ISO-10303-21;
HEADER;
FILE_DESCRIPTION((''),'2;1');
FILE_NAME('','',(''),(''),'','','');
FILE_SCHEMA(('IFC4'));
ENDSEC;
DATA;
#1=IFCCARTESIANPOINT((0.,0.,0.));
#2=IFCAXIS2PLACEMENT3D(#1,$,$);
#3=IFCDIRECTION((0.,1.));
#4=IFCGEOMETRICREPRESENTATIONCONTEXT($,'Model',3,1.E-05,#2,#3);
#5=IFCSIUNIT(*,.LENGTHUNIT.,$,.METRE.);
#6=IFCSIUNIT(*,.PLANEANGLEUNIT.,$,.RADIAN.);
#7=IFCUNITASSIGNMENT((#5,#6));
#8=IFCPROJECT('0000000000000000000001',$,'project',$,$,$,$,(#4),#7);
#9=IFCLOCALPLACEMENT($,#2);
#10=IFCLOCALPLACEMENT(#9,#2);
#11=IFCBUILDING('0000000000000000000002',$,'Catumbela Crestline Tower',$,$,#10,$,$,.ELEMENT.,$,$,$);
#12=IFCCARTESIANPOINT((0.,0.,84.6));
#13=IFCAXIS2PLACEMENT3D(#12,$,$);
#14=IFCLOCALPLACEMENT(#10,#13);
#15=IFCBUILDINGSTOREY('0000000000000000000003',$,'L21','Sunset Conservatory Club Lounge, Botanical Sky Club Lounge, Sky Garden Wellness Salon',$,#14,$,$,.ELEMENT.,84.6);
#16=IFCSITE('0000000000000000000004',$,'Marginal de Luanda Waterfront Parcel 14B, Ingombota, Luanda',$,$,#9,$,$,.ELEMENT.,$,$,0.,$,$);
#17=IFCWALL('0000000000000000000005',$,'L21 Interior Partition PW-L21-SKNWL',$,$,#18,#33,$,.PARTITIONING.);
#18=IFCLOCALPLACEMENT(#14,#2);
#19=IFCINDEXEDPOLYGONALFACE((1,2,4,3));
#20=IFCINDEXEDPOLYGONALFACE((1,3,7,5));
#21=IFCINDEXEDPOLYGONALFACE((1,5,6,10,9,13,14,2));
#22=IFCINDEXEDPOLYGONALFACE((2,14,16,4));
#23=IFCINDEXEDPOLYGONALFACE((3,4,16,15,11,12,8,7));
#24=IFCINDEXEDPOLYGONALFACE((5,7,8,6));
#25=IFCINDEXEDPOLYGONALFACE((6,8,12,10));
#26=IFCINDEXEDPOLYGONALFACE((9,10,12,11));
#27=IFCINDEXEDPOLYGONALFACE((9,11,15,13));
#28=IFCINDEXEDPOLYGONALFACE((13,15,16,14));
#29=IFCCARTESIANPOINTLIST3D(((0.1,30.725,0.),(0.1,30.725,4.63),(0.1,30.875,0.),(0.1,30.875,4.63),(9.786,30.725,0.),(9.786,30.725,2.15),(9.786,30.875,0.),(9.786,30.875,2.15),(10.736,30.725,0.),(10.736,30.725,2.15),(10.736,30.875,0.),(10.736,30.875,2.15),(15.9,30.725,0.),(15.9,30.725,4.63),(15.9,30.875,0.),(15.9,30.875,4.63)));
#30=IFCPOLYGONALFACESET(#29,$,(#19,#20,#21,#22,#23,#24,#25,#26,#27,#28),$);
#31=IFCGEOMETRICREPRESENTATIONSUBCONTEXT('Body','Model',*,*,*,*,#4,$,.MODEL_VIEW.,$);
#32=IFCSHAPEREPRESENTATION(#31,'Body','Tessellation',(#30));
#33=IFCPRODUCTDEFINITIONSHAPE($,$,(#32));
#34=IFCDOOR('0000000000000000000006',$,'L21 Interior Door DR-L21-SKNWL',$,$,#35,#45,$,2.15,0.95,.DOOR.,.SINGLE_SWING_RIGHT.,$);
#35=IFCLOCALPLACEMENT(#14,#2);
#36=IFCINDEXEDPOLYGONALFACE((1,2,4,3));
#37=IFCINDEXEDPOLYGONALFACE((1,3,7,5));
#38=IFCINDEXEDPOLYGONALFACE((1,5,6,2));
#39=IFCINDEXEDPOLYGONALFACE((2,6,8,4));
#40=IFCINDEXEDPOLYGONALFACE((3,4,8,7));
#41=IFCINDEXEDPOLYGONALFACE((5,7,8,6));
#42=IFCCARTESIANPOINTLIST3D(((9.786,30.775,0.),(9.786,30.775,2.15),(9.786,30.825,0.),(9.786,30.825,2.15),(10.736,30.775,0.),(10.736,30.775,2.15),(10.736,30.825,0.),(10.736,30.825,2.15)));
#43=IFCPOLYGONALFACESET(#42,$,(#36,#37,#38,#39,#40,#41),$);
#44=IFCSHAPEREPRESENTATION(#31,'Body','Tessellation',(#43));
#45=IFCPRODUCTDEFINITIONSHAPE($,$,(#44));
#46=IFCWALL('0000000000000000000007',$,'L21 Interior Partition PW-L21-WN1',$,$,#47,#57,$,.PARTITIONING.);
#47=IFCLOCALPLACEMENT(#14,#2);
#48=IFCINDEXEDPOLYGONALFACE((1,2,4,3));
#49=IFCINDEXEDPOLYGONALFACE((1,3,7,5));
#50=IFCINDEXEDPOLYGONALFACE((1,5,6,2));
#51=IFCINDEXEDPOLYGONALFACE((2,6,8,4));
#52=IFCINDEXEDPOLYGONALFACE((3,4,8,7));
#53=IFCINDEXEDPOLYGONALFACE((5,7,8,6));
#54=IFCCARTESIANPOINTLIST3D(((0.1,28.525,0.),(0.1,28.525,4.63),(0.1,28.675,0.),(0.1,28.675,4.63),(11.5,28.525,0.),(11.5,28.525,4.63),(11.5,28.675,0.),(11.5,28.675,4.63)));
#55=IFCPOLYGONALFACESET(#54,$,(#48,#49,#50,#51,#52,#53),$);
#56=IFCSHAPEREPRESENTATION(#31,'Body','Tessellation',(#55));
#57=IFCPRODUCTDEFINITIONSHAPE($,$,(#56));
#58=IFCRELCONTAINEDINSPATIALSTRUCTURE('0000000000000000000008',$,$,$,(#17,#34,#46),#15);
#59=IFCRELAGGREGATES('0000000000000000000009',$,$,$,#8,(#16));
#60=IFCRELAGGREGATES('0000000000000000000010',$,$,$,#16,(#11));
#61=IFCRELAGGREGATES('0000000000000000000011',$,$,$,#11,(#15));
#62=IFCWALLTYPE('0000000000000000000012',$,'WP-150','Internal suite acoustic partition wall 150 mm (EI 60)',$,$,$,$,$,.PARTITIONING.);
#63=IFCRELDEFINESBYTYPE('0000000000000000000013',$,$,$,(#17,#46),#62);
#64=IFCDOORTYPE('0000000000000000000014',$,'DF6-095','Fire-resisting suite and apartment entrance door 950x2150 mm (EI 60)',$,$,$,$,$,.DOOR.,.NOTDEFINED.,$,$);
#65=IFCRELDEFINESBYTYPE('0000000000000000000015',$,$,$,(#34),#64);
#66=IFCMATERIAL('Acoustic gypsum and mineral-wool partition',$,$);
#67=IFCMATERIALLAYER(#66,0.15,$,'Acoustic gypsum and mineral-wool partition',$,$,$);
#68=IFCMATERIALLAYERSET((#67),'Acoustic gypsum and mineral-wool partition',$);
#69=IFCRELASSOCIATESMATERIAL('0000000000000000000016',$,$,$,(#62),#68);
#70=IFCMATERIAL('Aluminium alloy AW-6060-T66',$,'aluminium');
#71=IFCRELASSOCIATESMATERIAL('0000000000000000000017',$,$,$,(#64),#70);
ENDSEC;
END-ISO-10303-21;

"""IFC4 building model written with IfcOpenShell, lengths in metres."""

from ifc_helpers import new_model, si_unit, direction, frame, frame_2d, origin, place, context, subcontext, project, spatial, rectangle, extrude, material, layer, layer_set, type_object, element, fill, save


model = new_model("IFC4")

# Units and contexts
model_context = context("Model", 3, precision=1e-05, world=origin(), true_north=direction((0.0, 1.0)))
body_context = subcontext(model_context, "Body", "Model", "MODEL_VIEW")
ifc_project = project(units=[si_unit("LENGTHUNIT", "METRE"), si_unit("PLANEANGLEUNIT", "RADIAN")], contexts=[model_context])

# Site, building, storey
site_placement = place(None, origin())
site = spatial("IfcSite", under=ifc_project, at=site_placement, Name="Marginal de Luanda Waterfront Parcel 14B, Ingombota, Luanda", CompositionType="ELEMENT", RefElevation=0.0)
building_placement = place(site_placement, origin())
building = spatial("IfcBuilding", under=site, at=building_placement, Name="Catumbela Crestline Tower", CompositionType="ELEMENT")
storey_placement = place(building_placement, frame((0.0, 0.0, 84.6)))
storey = spatial("IfcBuildingStorey", under=building, at=storey_placement, Name="L21", Description="Sunset Conservatory Club Lounge, Botanical Sky Club Lounge, Sky Garden Wellness Salon", CompositionType="ELEMENT", Elevation=84.6)

# Shared definitions
ifc_material_1 = material(Name="Aluminium alloy AW-6060-T66", Category="aluminium")

# Wall, opening, door
ifc_material_2 = material(Name="Acoustic gypsum and mineral-wool partition")
ifc_layer_1 = layer(ifc_material_2, 0.15, Name="Acoustic gypsum and mineral-wool partition")
ifc_layer_set_1 = layer_set([ifc_layer_1], Name="Acoustic gypsum and mineral-wool partition")
wall_type = type_object("IfcWallType", Name="WP-150", Description="Internal suite acoustic partition wall 150 mm (EI 60)", PredefinedType="PARTITIONING", material=ifc_layer_set_1)
wall_1_placement = place(storey_placement, frame((0.1, 30.8, 0.0), z_axis=(0.0, 0.0, 1.0), x_axis=(1.0, 0.0, 0.0)))
wall_1 = element("IfcWall", 1, at=wall_1_placement, inside=storey, type_object=wall_type, Name="L21 Interior Partition PW-L21-SKNWL", PredefinedType="PARTITIONING", context=body_context, shape_type="SweptSolid", body=[
    extrude(rectangle(XDim=15.8, YDim=0.15, at=frame_2d((7.9, 0.0))), origin(), (0.0, 0.0, 1.0), 4.63),
])
opening_placement = place(wall_1_placement, frame((9.686, 0.0, 0.0)))
opening = element("IfcOpeningElement", 2, at=opening_placement, cuts=wall_1, PredefinedType="OPENING", context=body_context, shape_type="SweptSolid", body=[
    extrude(rectangle(XDim=0.95, YDim=2.15, at=frame_2d((0.475, 1.075))), frame((0.0, 0.085, 0.0), z_axis=(0.0, -1.0, 0.0), x_axis=(1.0, 0.0, 0.0)), (0.0, 0.0, 1.0), 0.17),
])
door_type = type_object("IfcDoorType", Name="DF6-095", Description="Fire-resisting suite and apartment entrance door 950x2150 mm (EI 60)", OperationType="NOTDEFINED", PredefinedType="DOOR", material=ifc_material_1)
door_placement = place(opening_placement, origin())
door = element("IfcDoor", 3, at=door_placement, inside=storey, type_object=door_type, Name="L21 Interior Door DR-L21-SKNWL", OperationType="SINGLE_SWING_RIGHT", OverallHeight=2.15, OverallWidth=0.95, PredefinedType="DOOR", context=body_context, shape_type="SweptSolid", body=[
    extrude(rectangle(XDim=0.95, YDim=2.15, at=frame_2d((0.475, 1.075))), frame((0.0, 0.025, 0.0), z_axis=(0.0, -1.0, 0.0), x_axis=(1.0, 0.0, 0.0)), (0.0, 0.0, 1.0), 0.05),
])
fill(opening, door)

# Wall
wall_2_placement = place(storey_placement, frame((0.1, 28.6, 0.0), z_axis=(0.0, 0.0, 1.0), x_axis=(1.0, 0.0, 0.0)))
element("IfcWall", 4, at=wall_2_placement, inside=storey, type_object=wall_type, Name="L21 Interior Partition PW-L21-WN1", PredefinedType="PARTITIONING", context=body_context, shape_type="SweptSolid", body=[
    extrude(rectangle(XDim=11.4, YDim=0.15, at=frame_2d((5.7, 0.0))), origin(), (0.0, 0.0, 1.0), 4.63),
])

save(model, "model.ifc")
